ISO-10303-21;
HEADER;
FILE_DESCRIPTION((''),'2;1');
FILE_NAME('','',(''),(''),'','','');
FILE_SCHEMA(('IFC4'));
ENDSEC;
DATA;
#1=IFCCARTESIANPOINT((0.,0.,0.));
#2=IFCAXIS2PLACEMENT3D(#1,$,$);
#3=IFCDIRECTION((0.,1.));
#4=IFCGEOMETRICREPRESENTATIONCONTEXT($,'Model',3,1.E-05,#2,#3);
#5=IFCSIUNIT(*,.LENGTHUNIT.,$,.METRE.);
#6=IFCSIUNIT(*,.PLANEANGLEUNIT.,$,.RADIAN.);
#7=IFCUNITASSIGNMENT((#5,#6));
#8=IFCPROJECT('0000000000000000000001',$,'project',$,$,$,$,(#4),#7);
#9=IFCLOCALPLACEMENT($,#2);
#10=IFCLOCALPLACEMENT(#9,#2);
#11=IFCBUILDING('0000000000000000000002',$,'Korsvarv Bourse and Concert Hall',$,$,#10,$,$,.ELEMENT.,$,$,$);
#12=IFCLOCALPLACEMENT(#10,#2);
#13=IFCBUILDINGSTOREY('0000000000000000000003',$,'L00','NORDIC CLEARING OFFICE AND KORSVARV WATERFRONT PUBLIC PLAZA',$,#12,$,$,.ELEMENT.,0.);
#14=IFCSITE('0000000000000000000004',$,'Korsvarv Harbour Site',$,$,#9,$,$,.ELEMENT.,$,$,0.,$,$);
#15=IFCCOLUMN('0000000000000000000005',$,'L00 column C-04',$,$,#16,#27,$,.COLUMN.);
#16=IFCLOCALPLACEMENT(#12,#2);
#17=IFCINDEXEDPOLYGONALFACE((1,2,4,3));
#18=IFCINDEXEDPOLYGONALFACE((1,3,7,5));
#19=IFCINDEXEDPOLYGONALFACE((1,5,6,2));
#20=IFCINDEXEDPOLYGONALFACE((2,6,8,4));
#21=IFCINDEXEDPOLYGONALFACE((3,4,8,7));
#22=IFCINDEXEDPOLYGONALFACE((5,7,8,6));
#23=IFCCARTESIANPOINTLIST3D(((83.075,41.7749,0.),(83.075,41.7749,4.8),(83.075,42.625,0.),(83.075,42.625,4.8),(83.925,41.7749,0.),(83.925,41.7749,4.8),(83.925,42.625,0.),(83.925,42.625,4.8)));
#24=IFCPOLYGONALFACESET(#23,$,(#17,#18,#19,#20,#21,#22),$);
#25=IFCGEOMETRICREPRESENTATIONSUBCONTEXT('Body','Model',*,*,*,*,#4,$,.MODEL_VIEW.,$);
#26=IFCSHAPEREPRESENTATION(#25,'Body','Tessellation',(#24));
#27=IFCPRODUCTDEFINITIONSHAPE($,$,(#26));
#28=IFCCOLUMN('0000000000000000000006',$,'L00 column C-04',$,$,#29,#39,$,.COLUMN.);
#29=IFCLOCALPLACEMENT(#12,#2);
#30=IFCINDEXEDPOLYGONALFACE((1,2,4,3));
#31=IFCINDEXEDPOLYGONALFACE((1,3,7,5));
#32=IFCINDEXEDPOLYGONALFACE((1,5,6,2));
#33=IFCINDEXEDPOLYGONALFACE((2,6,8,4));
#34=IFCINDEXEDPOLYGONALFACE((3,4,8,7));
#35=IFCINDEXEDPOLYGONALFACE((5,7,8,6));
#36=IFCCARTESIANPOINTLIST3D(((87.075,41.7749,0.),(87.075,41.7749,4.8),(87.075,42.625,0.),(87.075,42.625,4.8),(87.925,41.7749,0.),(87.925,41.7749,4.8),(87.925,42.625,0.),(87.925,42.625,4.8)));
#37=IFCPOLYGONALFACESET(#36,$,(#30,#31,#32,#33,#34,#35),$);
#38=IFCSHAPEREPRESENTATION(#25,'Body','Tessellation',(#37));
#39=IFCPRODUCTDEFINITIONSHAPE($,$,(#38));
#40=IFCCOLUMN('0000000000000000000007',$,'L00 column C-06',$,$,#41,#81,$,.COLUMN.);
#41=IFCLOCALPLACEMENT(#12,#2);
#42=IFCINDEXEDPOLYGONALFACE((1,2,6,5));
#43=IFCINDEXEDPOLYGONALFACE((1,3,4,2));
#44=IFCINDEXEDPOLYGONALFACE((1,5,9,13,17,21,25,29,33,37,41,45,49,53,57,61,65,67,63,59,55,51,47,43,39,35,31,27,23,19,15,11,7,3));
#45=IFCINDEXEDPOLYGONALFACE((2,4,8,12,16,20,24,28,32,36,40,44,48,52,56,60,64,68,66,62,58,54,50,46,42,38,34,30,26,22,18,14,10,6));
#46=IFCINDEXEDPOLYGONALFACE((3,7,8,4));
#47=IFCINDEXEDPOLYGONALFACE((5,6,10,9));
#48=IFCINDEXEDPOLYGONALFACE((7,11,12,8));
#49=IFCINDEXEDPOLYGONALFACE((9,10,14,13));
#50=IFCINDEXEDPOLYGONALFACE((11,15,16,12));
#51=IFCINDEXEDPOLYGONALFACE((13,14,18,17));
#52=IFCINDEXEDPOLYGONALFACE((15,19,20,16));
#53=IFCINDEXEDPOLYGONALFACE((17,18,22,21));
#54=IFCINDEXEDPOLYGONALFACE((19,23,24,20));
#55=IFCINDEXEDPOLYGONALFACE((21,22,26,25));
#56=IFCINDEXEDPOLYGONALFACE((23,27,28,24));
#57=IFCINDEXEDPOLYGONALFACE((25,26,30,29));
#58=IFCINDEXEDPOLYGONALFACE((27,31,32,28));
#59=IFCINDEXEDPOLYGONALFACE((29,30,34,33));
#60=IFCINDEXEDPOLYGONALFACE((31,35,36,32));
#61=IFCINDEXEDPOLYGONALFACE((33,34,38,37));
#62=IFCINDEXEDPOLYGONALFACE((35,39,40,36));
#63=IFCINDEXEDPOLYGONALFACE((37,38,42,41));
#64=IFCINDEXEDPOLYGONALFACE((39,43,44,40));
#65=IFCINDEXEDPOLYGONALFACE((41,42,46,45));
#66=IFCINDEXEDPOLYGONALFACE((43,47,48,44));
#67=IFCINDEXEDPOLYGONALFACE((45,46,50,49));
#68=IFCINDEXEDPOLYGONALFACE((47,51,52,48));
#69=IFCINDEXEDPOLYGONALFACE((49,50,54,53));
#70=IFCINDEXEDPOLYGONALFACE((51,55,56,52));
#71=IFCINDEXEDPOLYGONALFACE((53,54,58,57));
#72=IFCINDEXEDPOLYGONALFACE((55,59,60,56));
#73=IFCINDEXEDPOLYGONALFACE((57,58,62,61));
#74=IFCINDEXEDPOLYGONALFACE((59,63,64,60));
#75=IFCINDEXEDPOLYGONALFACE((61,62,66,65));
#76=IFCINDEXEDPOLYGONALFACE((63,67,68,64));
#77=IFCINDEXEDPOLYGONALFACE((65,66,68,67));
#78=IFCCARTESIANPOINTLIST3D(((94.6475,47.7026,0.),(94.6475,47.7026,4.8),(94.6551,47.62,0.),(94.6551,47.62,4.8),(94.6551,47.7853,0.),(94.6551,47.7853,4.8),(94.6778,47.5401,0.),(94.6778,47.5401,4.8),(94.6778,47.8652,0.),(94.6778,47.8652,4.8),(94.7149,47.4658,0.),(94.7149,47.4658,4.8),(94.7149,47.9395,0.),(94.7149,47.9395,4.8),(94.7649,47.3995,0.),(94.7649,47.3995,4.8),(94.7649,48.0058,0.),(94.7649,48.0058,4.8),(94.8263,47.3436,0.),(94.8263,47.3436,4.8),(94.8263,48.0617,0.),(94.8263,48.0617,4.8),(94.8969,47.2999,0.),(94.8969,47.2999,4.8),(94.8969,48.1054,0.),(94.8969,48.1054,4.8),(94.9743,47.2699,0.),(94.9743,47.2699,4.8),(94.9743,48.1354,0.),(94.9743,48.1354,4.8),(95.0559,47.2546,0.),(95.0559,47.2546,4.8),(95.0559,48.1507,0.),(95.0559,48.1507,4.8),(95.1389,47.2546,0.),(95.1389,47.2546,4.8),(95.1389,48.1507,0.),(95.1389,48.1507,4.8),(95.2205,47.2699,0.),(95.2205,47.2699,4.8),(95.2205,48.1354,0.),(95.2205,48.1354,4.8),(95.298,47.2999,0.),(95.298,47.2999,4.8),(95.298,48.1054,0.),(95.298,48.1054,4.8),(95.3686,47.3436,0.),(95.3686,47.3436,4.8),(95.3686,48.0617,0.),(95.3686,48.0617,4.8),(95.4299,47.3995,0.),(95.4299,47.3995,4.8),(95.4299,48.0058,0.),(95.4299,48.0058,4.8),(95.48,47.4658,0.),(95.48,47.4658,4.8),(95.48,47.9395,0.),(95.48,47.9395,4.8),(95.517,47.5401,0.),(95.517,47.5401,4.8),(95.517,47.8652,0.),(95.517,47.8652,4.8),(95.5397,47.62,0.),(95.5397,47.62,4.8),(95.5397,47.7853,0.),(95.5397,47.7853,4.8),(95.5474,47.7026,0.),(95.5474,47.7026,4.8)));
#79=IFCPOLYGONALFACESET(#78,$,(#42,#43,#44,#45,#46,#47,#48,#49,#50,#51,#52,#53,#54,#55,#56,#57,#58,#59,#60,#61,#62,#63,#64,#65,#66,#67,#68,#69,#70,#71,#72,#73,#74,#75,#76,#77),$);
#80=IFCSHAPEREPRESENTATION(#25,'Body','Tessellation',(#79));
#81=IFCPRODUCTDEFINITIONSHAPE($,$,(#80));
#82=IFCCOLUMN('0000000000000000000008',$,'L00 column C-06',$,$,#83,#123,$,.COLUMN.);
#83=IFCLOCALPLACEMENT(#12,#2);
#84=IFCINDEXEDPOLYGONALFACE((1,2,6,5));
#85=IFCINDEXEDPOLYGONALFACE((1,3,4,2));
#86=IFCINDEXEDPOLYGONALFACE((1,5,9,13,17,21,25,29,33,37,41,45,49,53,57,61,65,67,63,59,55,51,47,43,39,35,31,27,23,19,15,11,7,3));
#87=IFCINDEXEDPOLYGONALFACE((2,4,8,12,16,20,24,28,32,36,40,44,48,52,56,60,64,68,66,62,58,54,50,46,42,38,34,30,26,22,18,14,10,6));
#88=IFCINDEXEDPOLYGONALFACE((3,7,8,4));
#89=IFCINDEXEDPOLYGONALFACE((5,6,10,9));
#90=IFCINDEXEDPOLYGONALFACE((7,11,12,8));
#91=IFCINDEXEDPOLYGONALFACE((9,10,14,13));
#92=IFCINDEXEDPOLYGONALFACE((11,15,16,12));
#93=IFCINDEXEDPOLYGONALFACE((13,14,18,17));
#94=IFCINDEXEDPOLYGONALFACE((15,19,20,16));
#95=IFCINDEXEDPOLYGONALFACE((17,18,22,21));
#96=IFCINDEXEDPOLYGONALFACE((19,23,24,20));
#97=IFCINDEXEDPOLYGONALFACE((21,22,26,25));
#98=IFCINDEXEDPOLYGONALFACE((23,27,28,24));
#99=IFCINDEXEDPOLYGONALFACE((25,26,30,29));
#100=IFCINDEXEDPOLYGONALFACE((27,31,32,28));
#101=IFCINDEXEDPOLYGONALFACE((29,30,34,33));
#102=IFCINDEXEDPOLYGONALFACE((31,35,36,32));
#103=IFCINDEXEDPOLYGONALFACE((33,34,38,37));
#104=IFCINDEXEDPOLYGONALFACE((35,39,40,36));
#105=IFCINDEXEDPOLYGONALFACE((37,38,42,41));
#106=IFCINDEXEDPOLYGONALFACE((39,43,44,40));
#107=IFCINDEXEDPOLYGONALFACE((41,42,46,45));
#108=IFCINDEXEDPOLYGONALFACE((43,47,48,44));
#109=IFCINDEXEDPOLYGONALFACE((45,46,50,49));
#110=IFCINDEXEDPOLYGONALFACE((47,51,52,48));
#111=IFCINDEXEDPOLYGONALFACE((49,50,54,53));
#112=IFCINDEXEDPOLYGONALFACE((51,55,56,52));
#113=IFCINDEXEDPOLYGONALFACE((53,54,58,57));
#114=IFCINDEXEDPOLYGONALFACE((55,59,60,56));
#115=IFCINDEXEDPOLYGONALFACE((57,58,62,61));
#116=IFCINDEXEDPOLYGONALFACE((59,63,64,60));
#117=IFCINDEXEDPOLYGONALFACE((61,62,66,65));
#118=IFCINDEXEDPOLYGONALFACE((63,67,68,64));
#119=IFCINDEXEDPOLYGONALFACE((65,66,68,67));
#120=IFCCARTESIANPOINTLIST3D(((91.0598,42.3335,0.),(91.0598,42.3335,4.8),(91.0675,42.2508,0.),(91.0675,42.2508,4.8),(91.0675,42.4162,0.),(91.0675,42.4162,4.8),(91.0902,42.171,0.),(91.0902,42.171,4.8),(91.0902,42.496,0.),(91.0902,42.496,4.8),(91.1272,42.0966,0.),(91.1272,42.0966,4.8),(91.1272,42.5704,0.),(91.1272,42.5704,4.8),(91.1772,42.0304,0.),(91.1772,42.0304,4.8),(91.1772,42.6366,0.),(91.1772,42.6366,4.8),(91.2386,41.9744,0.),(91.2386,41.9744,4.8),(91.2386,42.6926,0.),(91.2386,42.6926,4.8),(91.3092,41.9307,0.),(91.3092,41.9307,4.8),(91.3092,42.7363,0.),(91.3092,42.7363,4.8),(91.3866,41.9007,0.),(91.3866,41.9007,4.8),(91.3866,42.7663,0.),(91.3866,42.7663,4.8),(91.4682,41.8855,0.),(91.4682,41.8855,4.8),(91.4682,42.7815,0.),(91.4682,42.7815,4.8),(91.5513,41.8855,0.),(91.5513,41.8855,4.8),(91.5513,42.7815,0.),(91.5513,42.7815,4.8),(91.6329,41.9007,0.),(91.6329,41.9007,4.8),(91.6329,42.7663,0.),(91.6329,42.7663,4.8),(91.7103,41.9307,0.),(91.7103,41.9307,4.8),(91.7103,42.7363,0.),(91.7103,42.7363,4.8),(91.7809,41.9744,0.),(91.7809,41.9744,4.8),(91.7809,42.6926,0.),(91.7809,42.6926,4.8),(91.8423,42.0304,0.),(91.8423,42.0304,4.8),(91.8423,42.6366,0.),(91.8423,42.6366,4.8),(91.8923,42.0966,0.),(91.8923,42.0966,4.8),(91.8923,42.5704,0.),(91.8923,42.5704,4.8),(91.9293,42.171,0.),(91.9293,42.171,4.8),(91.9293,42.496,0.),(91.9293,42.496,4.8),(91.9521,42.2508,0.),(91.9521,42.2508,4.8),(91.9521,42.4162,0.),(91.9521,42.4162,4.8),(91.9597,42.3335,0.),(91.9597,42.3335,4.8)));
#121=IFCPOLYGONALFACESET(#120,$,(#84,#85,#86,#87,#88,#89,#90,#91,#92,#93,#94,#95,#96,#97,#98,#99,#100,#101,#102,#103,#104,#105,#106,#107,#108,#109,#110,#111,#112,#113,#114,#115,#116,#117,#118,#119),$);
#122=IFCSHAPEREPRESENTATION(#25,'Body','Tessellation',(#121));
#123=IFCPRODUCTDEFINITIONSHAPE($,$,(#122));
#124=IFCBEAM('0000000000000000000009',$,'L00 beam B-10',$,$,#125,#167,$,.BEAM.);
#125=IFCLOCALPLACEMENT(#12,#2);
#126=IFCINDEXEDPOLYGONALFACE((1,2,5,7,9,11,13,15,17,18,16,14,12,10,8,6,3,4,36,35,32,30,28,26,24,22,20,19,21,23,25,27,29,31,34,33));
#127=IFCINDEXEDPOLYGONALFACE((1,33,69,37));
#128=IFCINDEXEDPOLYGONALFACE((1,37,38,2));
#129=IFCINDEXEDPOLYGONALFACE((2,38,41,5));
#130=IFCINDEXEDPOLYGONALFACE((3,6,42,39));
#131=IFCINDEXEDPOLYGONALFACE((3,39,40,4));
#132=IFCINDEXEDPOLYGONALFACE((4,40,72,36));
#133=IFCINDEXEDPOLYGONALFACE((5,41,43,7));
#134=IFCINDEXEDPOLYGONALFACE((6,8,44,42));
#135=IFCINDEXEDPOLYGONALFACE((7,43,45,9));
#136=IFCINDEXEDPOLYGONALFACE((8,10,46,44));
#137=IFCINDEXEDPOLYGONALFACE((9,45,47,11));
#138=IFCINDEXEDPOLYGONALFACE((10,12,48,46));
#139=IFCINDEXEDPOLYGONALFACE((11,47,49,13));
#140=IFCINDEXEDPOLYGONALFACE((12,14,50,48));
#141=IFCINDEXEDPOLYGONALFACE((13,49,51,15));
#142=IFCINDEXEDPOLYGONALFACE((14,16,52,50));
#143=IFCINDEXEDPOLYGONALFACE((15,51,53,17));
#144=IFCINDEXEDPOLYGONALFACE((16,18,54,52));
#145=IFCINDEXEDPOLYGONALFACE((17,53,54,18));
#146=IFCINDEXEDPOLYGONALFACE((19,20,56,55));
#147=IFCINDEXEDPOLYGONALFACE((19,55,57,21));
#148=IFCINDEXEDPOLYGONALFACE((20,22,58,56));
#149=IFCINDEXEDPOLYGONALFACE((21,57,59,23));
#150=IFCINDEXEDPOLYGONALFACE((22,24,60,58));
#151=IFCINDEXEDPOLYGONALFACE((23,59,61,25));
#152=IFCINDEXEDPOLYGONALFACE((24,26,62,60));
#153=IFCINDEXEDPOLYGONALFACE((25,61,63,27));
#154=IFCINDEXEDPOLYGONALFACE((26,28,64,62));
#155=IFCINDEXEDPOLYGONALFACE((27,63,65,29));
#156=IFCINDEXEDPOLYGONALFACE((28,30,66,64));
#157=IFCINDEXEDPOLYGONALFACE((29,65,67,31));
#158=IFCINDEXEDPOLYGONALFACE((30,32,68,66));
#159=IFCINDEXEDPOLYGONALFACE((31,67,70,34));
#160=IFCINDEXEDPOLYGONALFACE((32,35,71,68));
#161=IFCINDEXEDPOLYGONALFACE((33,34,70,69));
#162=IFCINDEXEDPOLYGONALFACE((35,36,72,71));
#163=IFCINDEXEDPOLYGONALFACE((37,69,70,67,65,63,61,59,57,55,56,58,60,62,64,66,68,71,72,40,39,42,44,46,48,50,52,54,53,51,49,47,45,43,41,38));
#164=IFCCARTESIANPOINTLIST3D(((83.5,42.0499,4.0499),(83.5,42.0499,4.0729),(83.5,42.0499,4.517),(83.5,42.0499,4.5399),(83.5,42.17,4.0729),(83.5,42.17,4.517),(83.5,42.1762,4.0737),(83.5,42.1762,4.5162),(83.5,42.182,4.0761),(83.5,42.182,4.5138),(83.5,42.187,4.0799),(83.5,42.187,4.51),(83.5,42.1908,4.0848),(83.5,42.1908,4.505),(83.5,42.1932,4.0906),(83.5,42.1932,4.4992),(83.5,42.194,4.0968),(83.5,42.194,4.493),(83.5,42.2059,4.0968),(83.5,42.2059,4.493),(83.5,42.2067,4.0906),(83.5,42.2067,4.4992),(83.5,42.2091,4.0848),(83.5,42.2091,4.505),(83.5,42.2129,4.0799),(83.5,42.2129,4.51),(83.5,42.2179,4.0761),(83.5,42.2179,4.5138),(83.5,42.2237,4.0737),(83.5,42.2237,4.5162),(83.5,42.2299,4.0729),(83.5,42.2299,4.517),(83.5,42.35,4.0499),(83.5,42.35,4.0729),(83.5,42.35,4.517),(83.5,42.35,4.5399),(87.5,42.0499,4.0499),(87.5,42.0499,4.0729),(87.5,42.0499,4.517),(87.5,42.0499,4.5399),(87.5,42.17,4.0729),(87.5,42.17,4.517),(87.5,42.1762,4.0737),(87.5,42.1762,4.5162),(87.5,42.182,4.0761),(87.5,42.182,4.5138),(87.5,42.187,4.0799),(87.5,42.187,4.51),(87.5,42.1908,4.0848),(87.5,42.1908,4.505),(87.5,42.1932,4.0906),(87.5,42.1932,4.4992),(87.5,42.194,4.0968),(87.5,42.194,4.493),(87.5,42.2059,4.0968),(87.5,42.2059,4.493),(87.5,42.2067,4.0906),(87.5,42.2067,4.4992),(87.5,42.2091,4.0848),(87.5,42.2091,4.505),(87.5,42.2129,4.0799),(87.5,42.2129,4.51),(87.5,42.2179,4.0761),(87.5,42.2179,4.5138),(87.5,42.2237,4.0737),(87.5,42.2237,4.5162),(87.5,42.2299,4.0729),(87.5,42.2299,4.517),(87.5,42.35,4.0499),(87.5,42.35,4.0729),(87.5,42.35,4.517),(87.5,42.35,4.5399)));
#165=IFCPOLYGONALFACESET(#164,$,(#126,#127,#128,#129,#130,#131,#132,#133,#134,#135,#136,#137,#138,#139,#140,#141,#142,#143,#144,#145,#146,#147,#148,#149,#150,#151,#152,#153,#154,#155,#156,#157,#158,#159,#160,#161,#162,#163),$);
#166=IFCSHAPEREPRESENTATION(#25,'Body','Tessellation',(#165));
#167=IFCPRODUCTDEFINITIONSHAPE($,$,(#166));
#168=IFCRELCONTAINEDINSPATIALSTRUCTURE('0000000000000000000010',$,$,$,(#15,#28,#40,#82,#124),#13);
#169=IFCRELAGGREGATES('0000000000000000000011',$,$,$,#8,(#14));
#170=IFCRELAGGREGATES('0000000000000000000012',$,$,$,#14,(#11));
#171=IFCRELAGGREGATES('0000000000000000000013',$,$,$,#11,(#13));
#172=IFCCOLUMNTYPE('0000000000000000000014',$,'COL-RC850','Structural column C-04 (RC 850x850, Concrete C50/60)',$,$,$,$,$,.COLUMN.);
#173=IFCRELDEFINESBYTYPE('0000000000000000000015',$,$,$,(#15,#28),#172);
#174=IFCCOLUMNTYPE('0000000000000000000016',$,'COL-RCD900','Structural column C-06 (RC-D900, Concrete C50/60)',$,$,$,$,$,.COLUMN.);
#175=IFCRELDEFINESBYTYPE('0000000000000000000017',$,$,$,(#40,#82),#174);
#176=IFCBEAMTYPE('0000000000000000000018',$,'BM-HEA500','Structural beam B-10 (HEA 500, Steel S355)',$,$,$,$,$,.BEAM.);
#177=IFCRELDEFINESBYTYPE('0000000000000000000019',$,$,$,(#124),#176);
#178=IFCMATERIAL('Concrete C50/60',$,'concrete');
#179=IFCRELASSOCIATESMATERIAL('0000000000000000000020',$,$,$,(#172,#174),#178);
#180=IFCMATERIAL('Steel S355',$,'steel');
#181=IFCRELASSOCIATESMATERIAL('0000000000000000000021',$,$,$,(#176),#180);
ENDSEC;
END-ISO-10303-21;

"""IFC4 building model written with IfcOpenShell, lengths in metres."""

from ifc_helpers import new_model, si_unit, direction, frame, origin, origin_2d, place, context, subcontext, project, spatial, rectangle, circle, i_section, extrude, source, transform, mapped, material, material_profile, profile_set, type_object, element, save


model = new_model("IFC4")

# Units and contexts
model_context = context("Model", 3, precision=1e-05, world=origin(), true_north=direction((0.0, 1.0)))
body_context = subcontext(model_context, "Body", "Model", "MODEL_VIEW")
ifc_project = project(units=[si_unit("LENGTHUNIT", "METRE"), si_unit("PLANEANGLEUNIT", "RADIAN")], contexts=[model_context])

# Site, building, storey
site_placement = place(None, origin())
site = spatial("IfcSite", under=ifc_project, at=site_placement, Name="Korsvarv Harbour Site", CompositionType="ELEMENT", RefElevation=0.0)
building_placement = place(site_placement, origin())
building = spatial("IfcBuilding", under=site, at=building_placement, Name="Korsvarv Bourse and Concert Hall", CompositionType="ELEMENT")
storey_placement = place(building_placement, origin())
storey = spatial("IfcBuildingStorey", under=building, at=storey_placement, Name="L00", Description="NORDIC CLEARING OFFICE AND KORSVARV WATERFRONT PUBLIC PLAZA", CompositionType="ELEMENT", Elevation=0.0)

# Columns
ifc_material_1 = material(Name="Concrete C50/60", Category="concrete")
ifc_material_profile_1 = material_profile(ifc_material_1, rectangle(XDim=0.8501, YDim=0.8501, at=origin_2d()), Name="RC 850x850")
ifc_profile_set_1 = profile_set([ifc_material_profile_1], Name="Concrete C50/60")
column_type_1 = type_object("IfcColumnType", Name="COL-RC850", Description="Structural column C-04 (RC 850x850, Concrete C50/60)", PredefinedType="COLUMN", material=ifc_profile_set_1)
shared_shape_1 = source(origin(), body_context, "Body", "SweptSolid", [
    extrude(rectangle(XDim=0.8501, YDim=0.8501, at=origin_2d()), origin(), (0.0, 0.0, 1.0), 4.8),
])
for number, where, z_axis, x_axis, name in (
    (1, (83.5, 42.2, 0.0), (0.0, 0.0, 1.0), (1.0, 0.0, 0.0), "L00 column C-04"),
    (2, (87.5, 42.2, 0.0), (0.0, 0.0, 1.0), (1.0, 0.0, 0.0), "L00 column C-04"),
):
    element("IfcColumn", number, at=place(storey_placement, frame(where, z_axis=z_axis, x_axis=x_axis)), inside=storey, type_object=column_type_1, Name=name, PredefinedType="COLUMN", context=body_context, shape_type="MappedRepresentation", body=[
        mapped(shared_shape_1, transform((0.0, 0.0, 0.0), scale=1.0)),
    ])
ifc_material_profile_2 = material_profile(ifc_material_1, circle(Radius=0.45, at=origin_2d()), Name="RC-D900")
ifc_profile_set_2 = profile_set([ifc_material_profile_2], Name="Concrete C50/60")
column_type_2 = type_object("IfcColumnType", Name="COL-RCD900", Description="Structural column C-06 (RC-D900, Concrete C50/60)", PredefinedType="COLUMN", material=ifc_profile_set_2)
shared_shape_2 = source(origin(), body_context, "Body", "SweptSolid", [
    extrude(circle(Radius=0.45, at=origin_2d()), origin(), (0.0, 0.0, 1.0), 4.8),
])
for number, where, z_axis, x_axis, name in (
    (3, (95.0974, 47.7026, 0.0), (0.0, 0.0, 1.0), (1.0, 0.0, 0.0), "L00 column C-06"),
    (4, (91.5098, 42.3335, 0.0), (0.0, 0.0, 1.0), (1.0, 0.0, 0.0), "L00 column C-06"),
):
    element("IfcColumn", number, at=place(storey_placement, frame(where, z_axis=z_axis, x_axis=x_axis)), inside=storey, type_object=column_type_2, Name=name, PredefinedType="COLUMN", context=body_context, shape_type="MappedRepresentation", body=[
        mapped(shared_shape_2, transform((0.0, 0.0, 0.0), scale=1.0)),
    ])

# Beam
ifc_material_2 = material(Name="Steel S355", Category="steel")
ifc_material_profile_3 = material_profile(ifc_material_2, i_section(OverallWidth=0.3, OverallDepth=0.49, WebThickness=0.012, FlangeThickness=0.0229, FilletRadius=0.0239, at=origin_2d()), Name="HEA 500")
ifc_profile_set_3 = profile_set([ifc_material_profile_3], Name="Steel S355")
beam_type_1 = type_object("IfcBeamType", Name="BM-HEA500", Description="Structural beam B-10 (HEA 500, Steel S355)", PredefinedType="BEAM", material=ifc_profile_set_3)
shared_shape_3 = source(origin(), body_context, "Body", "SweptSolid", [
    extrude(i_section(OverallWidth=0.3, OverallDepth=0.49, WebThickness=0.012, FlangeThickness=0.0229, FilletRadius=0.0239, at=origin_2d()), origin(), (0.0, 0.0, 1.0), 4.0),
])
beam_1_placement = place(storey_placement, frame((83.5, 42.2, 4.2949), z_axis=(1.0, 0.0, 0.0), x_axis=(0.0, 1.0, 0.0)))
element("IfcBeam", 5, at=beam_1_placement, inside=storey, type_object=beam_type_1, Name="L00 beam B-10", PredefinedType="BEAM", context=body_context, shape_type="MappedRepresentation", body=[
    mapped(shared_shape_3, transform((0.0, 0.0, 0.0), scale=1.0)),
])

save(model, "model.ifc")
